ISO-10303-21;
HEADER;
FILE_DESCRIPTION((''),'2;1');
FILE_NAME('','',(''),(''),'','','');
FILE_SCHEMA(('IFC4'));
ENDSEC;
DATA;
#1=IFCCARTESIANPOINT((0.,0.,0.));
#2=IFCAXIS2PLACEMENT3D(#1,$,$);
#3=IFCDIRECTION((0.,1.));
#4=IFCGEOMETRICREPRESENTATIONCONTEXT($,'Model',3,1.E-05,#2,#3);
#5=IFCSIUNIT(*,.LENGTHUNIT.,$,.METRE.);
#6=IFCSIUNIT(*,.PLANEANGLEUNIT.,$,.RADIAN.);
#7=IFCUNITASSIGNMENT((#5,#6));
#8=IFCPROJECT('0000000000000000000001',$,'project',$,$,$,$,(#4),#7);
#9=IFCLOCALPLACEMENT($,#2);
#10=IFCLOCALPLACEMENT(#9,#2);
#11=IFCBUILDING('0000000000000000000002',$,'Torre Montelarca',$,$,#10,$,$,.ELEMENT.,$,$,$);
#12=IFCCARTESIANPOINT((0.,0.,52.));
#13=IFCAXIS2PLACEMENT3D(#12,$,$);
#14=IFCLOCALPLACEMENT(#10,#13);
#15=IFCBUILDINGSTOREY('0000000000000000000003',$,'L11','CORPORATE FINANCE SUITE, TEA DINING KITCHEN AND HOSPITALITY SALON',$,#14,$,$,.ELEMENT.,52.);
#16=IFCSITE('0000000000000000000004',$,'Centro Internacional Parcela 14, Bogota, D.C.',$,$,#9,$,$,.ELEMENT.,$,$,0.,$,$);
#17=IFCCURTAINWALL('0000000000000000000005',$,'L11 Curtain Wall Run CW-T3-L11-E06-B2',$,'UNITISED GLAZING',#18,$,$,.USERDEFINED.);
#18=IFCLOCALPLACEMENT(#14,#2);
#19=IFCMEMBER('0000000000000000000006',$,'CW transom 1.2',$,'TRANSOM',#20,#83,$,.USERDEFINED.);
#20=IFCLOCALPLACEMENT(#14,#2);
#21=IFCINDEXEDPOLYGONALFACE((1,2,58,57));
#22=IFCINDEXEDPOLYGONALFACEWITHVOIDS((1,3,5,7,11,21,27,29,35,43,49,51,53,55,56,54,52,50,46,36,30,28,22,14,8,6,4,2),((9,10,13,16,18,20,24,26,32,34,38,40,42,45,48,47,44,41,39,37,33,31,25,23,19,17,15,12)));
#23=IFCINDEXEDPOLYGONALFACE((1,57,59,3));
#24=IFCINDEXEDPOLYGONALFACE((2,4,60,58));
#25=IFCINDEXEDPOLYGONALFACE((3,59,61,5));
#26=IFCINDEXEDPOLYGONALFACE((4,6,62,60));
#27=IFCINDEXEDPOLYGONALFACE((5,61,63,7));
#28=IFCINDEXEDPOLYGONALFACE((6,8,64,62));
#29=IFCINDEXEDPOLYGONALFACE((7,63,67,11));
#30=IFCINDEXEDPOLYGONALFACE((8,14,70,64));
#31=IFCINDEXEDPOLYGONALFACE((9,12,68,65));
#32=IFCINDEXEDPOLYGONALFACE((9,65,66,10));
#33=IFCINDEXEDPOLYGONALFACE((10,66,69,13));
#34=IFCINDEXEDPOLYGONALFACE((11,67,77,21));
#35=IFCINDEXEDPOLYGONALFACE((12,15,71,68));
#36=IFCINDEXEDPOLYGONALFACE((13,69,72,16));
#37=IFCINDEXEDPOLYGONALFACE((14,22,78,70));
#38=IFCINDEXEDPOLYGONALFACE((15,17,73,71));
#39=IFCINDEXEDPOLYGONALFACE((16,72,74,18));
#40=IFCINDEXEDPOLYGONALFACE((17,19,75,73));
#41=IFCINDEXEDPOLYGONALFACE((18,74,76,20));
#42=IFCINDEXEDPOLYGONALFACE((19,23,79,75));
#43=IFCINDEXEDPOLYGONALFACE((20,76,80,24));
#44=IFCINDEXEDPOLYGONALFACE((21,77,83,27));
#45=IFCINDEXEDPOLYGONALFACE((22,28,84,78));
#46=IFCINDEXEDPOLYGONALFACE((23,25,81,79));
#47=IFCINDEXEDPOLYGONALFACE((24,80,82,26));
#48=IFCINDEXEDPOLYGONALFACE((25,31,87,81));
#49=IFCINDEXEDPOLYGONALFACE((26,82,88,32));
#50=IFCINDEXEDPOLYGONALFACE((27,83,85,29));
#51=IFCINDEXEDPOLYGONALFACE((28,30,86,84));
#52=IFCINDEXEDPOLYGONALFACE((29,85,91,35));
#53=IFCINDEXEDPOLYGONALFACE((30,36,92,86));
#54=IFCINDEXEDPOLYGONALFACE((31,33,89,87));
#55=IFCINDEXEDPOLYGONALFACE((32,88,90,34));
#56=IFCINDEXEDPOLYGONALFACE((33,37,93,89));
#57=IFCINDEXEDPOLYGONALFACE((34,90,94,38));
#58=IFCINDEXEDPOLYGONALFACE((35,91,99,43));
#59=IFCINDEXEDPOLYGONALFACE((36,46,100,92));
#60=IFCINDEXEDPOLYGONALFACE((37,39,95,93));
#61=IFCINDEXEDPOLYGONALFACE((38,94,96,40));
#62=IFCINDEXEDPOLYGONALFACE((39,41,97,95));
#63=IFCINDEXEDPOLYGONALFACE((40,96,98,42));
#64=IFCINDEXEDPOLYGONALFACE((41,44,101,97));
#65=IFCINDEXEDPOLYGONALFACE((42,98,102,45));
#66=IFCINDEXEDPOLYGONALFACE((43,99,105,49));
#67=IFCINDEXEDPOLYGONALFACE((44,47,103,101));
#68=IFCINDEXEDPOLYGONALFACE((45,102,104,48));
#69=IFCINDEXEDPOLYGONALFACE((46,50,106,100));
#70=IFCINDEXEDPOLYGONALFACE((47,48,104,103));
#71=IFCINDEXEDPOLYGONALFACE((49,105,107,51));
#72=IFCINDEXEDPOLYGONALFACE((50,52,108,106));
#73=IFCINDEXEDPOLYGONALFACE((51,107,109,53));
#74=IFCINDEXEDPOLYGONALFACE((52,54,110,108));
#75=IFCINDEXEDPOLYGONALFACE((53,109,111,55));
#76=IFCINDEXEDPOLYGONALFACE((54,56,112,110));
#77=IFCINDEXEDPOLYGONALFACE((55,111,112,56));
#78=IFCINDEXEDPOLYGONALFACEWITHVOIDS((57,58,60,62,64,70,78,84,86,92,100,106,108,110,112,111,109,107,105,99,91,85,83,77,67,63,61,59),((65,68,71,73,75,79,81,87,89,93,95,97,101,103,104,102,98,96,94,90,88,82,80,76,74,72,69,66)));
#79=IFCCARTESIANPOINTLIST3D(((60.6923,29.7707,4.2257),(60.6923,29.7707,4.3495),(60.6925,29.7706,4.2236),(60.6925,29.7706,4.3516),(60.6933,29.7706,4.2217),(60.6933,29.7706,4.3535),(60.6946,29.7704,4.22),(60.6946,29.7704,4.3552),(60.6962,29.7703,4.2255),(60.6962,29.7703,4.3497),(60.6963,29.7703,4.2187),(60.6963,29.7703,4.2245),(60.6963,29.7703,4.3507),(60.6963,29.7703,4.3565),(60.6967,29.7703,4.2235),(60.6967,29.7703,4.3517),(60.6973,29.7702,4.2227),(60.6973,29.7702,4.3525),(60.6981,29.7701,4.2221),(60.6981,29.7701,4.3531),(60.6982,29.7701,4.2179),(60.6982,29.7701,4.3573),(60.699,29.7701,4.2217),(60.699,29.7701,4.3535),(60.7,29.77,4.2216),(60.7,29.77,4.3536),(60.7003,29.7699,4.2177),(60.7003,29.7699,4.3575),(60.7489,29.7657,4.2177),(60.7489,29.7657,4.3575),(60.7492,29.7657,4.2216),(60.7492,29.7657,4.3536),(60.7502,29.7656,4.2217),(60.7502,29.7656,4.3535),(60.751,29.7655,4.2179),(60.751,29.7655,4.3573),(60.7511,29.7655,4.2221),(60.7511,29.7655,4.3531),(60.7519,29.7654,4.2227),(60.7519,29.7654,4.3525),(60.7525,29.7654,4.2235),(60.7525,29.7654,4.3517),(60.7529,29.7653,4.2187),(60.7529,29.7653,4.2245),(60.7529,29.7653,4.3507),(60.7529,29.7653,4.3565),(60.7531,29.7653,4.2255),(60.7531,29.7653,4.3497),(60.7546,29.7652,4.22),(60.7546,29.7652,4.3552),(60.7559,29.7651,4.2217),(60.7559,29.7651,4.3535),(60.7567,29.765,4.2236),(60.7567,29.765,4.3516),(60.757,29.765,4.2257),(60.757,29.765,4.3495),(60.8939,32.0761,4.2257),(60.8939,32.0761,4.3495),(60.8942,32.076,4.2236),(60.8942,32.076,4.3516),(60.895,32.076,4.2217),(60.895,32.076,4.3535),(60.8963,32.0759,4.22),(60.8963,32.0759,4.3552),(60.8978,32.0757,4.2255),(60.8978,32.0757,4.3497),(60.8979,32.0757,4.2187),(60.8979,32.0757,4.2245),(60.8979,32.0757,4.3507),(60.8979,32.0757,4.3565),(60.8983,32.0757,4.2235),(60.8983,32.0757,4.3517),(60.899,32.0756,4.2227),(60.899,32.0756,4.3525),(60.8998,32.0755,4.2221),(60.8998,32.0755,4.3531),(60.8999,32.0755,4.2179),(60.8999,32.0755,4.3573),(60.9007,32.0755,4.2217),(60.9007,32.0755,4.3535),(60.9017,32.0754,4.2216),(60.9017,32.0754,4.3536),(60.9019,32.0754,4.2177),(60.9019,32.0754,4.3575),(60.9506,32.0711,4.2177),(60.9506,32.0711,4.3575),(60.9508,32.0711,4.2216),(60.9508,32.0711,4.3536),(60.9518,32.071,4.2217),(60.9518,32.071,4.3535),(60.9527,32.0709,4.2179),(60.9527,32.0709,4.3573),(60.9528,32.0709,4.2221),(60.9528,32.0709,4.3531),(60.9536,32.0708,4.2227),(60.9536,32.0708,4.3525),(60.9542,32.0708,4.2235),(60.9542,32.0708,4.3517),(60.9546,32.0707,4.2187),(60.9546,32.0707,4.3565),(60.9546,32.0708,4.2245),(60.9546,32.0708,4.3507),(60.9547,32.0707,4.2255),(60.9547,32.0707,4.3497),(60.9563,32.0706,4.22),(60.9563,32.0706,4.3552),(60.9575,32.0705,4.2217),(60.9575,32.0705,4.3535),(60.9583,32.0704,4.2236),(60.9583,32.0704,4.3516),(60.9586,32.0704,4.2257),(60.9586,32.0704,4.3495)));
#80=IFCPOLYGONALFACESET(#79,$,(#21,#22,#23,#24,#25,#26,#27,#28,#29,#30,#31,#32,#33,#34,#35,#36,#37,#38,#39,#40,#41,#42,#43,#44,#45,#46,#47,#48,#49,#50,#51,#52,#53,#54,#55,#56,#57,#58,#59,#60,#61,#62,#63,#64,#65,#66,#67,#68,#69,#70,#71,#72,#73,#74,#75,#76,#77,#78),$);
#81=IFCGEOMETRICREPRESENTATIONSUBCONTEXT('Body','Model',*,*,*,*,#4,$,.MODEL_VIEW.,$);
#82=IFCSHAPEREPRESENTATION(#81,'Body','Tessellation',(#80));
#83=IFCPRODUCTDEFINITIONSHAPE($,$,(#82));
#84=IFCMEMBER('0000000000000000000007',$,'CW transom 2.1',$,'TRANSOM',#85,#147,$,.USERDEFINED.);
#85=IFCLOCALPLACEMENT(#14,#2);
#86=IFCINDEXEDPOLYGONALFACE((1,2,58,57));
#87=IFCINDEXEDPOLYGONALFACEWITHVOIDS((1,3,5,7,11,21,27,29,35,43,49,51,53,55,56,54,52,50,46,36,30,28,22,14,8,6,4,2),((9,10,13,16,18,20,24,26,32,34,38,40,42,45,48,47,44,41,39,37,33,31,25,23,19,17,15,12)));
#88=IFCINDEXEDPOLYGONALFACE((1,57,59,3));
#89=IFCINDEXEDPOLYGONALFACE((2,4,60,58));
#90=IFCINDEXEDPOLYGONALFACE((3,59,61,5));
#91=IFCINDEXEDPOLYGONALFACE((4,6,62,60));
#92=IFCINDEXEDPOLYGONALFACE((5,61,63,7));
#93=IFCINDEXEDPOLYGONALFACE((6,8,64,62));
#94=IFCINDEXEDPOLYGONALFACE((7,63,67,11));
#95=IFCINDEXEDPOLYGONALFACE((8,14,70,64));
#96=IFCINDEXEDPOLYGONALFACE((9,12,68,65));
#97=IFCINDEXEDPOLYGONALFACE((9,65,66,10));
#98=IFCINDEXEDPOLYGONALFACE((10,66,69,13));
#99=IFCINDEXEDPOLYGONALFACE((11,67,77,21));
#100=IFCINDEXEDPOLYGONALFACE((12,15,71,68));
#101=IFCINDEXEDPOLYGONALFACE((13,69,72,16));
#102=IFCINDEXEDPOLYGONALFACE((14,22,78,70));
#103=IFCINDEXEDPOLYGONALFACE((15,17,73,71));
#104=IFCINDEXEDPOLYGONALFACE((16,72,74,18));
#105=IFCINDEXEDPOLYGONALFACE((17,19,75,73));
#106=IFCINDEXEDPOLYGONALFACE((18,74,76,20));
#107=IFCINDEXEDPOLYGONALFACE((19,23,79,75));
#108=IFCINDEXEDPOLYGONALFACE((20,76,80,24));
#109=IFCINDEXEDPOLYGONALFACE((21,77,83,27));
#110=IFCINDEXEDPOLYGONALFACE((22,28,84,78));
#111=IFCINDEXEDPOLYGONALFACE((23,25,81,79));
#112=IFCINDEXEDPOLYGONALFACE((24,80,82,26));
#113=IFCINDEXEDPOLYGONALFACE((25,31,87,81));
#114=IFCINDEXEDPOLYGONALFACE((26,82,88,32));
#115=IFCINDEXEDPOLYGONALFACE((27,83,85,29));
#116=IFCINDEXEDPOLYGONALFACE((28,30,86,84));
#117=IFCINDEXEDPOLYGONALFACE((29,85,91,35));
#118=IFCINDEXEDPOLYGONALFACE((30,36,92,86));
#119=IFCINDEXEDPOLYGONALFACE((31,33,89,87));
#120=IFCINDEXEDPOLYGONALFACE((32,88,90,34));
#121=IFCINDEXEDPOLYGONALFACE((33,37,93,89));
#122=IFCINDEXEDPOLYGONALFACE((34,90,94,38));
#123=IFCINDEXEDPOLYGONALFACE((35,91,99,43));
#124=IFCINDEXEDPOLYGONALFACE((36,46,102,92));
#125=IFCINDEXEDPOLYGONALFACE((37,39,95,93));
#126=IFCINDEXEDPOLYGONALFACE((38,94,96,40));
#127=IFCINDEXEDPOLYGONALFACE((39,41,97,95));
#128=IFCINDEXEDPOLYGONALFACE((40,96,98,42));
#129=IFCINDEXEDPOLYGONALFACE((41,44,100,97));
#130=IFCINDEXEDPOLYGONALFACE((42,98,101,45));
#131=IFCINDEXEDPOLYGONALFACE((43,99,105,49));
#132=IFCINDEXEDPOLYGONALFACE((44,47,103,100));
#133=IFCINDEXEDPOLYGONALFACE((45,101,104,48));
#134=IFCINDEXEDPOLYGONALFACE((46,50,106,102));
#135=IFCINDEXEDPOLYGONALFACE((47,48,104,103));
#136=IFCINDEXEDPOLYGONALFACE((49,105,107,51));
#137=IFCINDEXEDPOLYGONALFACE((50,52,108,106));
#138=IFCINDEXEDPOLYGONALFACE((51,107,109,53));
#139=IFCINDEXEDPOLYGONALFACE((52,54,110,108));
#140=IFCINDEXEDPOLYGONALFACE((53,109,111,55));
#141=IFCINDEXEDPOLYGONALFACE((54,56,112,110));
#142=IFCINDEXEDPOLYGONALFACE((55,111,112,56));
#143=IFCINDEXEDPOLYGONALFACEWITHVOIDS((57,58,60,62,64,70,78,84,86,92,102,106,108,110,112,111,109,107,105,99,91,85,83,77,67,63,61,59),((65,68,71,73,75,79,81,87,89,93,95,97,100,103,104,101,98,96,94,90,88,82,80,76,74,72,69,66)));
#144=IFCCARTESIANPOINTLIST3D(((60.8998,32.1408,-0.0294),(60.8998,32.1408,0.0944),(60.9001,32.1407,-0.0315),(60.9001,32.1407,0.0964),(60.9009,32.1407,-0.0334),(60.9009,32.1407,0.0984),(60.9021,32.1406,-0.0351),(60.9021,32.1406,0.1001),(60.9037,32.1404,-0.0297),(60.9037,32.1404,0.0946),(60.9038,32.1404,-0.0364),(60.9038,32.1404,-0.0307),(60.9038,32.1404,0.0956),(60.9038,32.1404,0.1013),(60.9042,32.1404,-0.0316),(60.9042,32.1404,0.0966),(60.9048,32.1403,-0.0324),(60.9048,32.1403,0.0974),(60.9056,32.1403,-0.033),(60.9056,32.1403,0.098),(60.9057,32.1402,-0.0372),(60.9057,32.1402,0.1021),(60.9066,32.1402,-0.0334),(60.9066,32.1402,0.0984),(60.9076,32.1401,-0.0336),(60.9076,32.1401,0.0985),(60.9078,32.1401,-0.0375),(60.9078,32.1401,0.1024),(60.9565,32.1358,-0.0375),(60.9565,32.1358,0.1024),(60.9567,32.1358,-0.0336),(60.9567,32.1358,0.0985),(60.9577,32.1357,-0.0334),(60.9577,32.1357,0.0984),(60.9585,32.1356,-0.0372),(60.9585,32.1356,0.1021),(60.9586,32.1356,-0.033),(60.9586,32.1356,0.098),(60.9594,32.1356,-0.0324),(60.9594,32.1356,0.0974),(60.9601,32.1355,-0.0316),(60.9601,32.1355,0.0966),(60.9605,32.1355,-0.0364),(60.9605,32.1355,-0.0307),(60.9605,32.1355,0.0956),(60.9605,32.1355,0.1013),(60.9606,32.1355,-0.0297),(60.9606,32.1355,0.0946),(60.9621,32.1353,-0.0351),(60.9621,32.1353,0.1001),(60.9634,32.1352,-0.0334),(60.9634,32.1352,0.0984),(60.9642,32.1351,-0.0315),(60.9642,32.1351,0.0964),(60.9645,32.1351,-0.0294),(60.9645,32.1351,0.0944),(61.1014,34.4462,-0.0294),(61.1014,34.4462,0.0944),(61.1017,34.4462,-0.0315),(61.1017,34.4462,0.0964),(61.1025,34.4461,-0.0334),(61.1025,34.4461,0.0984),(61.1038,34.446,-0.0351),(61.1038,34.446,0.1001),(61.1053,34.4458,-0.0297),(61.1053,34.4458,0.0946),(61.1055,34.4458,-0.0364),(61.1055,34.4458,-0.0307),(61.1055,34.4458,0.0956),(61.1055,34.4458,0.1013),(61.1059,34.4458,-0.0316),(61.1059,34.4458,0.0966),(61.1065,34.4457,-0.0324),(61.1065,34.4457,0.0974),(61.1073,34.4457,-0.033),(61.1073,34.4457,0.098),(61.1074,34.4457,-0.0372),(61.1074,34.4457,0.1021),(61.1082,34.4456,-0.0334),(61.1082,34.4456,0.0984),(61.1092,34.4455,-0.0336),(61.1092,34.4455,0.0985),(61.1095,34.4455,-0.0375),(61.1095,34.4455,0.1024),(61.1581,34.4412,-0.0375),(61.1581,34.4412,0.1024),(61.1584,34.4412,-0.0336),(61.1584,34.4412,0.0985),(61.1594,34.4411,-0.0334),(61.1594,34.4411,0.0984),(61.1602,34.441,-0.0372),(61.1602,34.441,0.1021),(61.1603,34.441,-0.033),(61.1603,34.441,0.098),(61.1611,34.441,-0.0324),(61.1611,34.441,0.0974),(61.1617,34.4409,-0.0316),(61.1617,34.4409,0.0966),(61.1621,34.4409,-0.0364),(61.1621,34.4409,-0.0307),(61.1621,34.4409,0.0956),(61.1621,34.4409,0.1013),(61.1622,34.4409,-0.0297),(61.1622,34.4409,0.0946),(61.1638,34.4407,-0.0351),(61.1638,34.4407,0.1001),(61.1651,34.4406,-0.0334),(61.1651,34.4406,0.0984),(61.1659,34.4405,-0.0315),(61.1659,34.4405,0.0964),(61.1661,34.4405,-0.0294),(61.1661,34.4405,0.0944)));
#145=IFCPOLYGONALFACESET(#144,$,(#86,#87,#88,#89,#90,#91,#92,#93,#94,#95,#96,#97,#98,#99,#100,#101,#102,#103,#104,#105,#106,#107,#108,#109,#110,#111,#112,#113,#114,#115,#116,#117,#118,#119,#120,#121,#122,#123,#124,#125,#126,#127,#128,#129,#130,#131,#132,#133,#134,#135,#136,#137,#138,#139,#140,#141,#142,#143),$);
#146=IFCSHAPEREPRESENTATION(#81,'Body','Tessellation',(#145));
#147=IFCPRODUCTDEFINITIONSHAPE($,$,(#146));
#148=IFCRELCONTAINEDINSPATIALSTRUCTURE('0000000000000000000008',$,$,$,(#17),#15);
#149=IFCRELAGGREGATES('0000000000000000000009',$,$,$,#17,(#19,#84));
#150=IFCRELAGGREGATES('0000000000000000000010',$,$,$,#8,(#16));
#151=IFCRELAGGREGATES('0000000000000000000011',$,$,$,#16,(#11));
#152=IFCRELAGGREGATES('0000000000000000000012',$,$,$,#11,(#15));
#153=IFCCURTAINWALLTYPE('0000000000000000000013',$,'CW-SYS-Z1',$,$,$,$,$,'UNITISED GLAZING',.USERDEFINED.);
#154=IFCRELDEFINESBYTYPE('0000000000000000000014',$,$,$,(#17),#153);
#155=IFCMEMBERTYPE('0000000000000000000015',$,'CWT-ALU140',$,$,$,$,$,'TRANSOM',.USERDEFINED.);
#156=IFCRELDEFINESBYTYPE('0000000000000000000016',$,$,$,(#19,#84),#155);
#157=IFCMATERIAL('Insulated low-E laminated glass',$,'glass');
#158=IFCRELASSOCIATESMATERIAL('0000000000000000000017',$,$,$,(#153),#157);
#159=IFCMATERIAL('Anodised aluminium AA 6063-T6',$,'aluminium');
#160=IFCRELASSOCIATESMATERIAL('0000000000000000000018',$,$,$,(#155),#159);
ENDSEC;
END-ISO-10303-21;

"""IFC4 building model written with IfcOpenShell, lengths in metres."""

from ifc_helpers import new_model, si_unit, direction, frame, origin, origin_2d, place, context, subcontext, project, spatial, hollow_rectangle, extrude, source, transform, mapped, material, material_profile, profile_set, type_object, element, aggregate, save


model = new_model("IFC4")

# Units and contexts
model_context = context("Model", 3, precision=1e-05, world=origin(), true_north=direction((0.0, 1.0)))
body_context = subcontext(model_context, "Body", "Model", "MODEL_VIEW")
ifc_project = project(units=[si_unit("LENGTHUNIT", "METRE"), si_unit("PLANEANGLEUNIT", "RADIAN")], contexts=[model_context])

# Site, building, storey
site_placement = place(None, origin())
site = spatial("IfcSite", under=ifc_project, at=site_placement, Name="Centro Internacional Parcela 14, Bogota, D.C.", CompositionType="ELEMENT", RefElevation=0.0)
building_placement = place(site_placement, origin())
building = spatial("IfcBuilding", under=site, at=building_placement, Name="Torre Montelarca", CompositionType="ELEMENT")
storey_placement = place(building_placement, frame((0.0, 0.0, 52.0)))
storey = spatial("IfcBuildingStorey", under=building, at=storey_placement, Name="L11", Description="CORPORATE FINANCE SUITE, TEA DINING KITCHEN AND HOSPITALITY SALON", CompositionType="ELEMENT", Elevation=52.0)

# Curtain wall
ifc_material_1 = material(Name="Insulated low-E laminated glass", Category="glass")
curtain_wall_type = type_object("IfcCurtainWallType", Name="CW-SYS-Z1", ElementType="UNITISED GLAZING", PredefinedType="USERDEFINED", material=ifc_material_1)
curtain_wall_1_placement = place(storey_placement, origin())
curtain_wall_1 = element("IfcCurtainWall", 1, at=curtain_wall_1_placement, inside=storey, type_object=curtain_wall_type, Name="L11 Curtain Wall Run CW-T3-L11-E06-B2", ObjectType="UNITISED GLAZING", PredefinedType="USERDEFINED")
ifc_material_2 = material(Name="Anodised aluminium AA 6063-T6", Category="aluminium")

# Members
ifc_material_profile_1 = material_profile(ifc_material_2, hollow_rectangle(XDim=0.0649, YDim=0.1399, WallThickness=0.0039, InnerFilletRadius=0.0039, OuterFilletRadius=0.0081, at=origin_2d()), Name="ALU65X140X4", Category="aluminium")
ifc_profile_set_1 = profile_set([ifc_material_profile_1], Name="Anodised aluminium AA 6063-T6")
member_type_1 = type_object("IfcMemberType", Name="CWT-ALU140", ElementType="TRANSOM", PredefinedType="USERDEFINED", material=ifc_profile_set_1)
shared_shape_1 = source(origin(), body_context, "Body", "SweptSolid", [
    extrude(hollow_rectangle(XDim=0.0649, YDim=0.1399, WallThickness=0.0039, InnerFilletRadius=0.0039, OuterFilletRadius=0.0081, at=origin_2d()), origin(), (0.0, 0.0, 1.0), 2.3142),
])
member_1_placement = place(storey_placement, frame((60.7246, 29.7678, 4.2876), z_axis=(0.087139, 0.996196, 0.0), x_axis=(-0.996196, 0.087139, 0.0)))
member_1 = element("IfcMember", 2, at=member_1_placement, type_object=member_type_1, Name="CW transom 1.2", ObjectType="TRANSOM", PredefinedType="USERDEFINED", context=body_context, shape_type="MappedRepresentation", body=[
    mapped(shared_shape_1, transform((0.0, 0.0, 0.0), scale=1.0)),
])
member_2_placement = place(storey_placement, frame((60.9321, 32.1379, 0.0325), z_axis=(0.087139, 0.996196, 0.0), x_axis=(-0.996196, 0.087139, 0.0)))
member_2 = element("IfcMember", 3, at=member_2_placement, type_object=member_type_1, Name="CW transom 2.1", ObjectType="TRANSOM", PredefinedType="USERDEFINED", context=body_context, shape_type="MappedRepresentation", body=[
    mapped(shared_shape_1, transform((0.0, 0.0, 0.0), scale=1.0)),
])

aggregate(curtain_wall_1, [member_1, member_2])

save(model, "model.ifc")
